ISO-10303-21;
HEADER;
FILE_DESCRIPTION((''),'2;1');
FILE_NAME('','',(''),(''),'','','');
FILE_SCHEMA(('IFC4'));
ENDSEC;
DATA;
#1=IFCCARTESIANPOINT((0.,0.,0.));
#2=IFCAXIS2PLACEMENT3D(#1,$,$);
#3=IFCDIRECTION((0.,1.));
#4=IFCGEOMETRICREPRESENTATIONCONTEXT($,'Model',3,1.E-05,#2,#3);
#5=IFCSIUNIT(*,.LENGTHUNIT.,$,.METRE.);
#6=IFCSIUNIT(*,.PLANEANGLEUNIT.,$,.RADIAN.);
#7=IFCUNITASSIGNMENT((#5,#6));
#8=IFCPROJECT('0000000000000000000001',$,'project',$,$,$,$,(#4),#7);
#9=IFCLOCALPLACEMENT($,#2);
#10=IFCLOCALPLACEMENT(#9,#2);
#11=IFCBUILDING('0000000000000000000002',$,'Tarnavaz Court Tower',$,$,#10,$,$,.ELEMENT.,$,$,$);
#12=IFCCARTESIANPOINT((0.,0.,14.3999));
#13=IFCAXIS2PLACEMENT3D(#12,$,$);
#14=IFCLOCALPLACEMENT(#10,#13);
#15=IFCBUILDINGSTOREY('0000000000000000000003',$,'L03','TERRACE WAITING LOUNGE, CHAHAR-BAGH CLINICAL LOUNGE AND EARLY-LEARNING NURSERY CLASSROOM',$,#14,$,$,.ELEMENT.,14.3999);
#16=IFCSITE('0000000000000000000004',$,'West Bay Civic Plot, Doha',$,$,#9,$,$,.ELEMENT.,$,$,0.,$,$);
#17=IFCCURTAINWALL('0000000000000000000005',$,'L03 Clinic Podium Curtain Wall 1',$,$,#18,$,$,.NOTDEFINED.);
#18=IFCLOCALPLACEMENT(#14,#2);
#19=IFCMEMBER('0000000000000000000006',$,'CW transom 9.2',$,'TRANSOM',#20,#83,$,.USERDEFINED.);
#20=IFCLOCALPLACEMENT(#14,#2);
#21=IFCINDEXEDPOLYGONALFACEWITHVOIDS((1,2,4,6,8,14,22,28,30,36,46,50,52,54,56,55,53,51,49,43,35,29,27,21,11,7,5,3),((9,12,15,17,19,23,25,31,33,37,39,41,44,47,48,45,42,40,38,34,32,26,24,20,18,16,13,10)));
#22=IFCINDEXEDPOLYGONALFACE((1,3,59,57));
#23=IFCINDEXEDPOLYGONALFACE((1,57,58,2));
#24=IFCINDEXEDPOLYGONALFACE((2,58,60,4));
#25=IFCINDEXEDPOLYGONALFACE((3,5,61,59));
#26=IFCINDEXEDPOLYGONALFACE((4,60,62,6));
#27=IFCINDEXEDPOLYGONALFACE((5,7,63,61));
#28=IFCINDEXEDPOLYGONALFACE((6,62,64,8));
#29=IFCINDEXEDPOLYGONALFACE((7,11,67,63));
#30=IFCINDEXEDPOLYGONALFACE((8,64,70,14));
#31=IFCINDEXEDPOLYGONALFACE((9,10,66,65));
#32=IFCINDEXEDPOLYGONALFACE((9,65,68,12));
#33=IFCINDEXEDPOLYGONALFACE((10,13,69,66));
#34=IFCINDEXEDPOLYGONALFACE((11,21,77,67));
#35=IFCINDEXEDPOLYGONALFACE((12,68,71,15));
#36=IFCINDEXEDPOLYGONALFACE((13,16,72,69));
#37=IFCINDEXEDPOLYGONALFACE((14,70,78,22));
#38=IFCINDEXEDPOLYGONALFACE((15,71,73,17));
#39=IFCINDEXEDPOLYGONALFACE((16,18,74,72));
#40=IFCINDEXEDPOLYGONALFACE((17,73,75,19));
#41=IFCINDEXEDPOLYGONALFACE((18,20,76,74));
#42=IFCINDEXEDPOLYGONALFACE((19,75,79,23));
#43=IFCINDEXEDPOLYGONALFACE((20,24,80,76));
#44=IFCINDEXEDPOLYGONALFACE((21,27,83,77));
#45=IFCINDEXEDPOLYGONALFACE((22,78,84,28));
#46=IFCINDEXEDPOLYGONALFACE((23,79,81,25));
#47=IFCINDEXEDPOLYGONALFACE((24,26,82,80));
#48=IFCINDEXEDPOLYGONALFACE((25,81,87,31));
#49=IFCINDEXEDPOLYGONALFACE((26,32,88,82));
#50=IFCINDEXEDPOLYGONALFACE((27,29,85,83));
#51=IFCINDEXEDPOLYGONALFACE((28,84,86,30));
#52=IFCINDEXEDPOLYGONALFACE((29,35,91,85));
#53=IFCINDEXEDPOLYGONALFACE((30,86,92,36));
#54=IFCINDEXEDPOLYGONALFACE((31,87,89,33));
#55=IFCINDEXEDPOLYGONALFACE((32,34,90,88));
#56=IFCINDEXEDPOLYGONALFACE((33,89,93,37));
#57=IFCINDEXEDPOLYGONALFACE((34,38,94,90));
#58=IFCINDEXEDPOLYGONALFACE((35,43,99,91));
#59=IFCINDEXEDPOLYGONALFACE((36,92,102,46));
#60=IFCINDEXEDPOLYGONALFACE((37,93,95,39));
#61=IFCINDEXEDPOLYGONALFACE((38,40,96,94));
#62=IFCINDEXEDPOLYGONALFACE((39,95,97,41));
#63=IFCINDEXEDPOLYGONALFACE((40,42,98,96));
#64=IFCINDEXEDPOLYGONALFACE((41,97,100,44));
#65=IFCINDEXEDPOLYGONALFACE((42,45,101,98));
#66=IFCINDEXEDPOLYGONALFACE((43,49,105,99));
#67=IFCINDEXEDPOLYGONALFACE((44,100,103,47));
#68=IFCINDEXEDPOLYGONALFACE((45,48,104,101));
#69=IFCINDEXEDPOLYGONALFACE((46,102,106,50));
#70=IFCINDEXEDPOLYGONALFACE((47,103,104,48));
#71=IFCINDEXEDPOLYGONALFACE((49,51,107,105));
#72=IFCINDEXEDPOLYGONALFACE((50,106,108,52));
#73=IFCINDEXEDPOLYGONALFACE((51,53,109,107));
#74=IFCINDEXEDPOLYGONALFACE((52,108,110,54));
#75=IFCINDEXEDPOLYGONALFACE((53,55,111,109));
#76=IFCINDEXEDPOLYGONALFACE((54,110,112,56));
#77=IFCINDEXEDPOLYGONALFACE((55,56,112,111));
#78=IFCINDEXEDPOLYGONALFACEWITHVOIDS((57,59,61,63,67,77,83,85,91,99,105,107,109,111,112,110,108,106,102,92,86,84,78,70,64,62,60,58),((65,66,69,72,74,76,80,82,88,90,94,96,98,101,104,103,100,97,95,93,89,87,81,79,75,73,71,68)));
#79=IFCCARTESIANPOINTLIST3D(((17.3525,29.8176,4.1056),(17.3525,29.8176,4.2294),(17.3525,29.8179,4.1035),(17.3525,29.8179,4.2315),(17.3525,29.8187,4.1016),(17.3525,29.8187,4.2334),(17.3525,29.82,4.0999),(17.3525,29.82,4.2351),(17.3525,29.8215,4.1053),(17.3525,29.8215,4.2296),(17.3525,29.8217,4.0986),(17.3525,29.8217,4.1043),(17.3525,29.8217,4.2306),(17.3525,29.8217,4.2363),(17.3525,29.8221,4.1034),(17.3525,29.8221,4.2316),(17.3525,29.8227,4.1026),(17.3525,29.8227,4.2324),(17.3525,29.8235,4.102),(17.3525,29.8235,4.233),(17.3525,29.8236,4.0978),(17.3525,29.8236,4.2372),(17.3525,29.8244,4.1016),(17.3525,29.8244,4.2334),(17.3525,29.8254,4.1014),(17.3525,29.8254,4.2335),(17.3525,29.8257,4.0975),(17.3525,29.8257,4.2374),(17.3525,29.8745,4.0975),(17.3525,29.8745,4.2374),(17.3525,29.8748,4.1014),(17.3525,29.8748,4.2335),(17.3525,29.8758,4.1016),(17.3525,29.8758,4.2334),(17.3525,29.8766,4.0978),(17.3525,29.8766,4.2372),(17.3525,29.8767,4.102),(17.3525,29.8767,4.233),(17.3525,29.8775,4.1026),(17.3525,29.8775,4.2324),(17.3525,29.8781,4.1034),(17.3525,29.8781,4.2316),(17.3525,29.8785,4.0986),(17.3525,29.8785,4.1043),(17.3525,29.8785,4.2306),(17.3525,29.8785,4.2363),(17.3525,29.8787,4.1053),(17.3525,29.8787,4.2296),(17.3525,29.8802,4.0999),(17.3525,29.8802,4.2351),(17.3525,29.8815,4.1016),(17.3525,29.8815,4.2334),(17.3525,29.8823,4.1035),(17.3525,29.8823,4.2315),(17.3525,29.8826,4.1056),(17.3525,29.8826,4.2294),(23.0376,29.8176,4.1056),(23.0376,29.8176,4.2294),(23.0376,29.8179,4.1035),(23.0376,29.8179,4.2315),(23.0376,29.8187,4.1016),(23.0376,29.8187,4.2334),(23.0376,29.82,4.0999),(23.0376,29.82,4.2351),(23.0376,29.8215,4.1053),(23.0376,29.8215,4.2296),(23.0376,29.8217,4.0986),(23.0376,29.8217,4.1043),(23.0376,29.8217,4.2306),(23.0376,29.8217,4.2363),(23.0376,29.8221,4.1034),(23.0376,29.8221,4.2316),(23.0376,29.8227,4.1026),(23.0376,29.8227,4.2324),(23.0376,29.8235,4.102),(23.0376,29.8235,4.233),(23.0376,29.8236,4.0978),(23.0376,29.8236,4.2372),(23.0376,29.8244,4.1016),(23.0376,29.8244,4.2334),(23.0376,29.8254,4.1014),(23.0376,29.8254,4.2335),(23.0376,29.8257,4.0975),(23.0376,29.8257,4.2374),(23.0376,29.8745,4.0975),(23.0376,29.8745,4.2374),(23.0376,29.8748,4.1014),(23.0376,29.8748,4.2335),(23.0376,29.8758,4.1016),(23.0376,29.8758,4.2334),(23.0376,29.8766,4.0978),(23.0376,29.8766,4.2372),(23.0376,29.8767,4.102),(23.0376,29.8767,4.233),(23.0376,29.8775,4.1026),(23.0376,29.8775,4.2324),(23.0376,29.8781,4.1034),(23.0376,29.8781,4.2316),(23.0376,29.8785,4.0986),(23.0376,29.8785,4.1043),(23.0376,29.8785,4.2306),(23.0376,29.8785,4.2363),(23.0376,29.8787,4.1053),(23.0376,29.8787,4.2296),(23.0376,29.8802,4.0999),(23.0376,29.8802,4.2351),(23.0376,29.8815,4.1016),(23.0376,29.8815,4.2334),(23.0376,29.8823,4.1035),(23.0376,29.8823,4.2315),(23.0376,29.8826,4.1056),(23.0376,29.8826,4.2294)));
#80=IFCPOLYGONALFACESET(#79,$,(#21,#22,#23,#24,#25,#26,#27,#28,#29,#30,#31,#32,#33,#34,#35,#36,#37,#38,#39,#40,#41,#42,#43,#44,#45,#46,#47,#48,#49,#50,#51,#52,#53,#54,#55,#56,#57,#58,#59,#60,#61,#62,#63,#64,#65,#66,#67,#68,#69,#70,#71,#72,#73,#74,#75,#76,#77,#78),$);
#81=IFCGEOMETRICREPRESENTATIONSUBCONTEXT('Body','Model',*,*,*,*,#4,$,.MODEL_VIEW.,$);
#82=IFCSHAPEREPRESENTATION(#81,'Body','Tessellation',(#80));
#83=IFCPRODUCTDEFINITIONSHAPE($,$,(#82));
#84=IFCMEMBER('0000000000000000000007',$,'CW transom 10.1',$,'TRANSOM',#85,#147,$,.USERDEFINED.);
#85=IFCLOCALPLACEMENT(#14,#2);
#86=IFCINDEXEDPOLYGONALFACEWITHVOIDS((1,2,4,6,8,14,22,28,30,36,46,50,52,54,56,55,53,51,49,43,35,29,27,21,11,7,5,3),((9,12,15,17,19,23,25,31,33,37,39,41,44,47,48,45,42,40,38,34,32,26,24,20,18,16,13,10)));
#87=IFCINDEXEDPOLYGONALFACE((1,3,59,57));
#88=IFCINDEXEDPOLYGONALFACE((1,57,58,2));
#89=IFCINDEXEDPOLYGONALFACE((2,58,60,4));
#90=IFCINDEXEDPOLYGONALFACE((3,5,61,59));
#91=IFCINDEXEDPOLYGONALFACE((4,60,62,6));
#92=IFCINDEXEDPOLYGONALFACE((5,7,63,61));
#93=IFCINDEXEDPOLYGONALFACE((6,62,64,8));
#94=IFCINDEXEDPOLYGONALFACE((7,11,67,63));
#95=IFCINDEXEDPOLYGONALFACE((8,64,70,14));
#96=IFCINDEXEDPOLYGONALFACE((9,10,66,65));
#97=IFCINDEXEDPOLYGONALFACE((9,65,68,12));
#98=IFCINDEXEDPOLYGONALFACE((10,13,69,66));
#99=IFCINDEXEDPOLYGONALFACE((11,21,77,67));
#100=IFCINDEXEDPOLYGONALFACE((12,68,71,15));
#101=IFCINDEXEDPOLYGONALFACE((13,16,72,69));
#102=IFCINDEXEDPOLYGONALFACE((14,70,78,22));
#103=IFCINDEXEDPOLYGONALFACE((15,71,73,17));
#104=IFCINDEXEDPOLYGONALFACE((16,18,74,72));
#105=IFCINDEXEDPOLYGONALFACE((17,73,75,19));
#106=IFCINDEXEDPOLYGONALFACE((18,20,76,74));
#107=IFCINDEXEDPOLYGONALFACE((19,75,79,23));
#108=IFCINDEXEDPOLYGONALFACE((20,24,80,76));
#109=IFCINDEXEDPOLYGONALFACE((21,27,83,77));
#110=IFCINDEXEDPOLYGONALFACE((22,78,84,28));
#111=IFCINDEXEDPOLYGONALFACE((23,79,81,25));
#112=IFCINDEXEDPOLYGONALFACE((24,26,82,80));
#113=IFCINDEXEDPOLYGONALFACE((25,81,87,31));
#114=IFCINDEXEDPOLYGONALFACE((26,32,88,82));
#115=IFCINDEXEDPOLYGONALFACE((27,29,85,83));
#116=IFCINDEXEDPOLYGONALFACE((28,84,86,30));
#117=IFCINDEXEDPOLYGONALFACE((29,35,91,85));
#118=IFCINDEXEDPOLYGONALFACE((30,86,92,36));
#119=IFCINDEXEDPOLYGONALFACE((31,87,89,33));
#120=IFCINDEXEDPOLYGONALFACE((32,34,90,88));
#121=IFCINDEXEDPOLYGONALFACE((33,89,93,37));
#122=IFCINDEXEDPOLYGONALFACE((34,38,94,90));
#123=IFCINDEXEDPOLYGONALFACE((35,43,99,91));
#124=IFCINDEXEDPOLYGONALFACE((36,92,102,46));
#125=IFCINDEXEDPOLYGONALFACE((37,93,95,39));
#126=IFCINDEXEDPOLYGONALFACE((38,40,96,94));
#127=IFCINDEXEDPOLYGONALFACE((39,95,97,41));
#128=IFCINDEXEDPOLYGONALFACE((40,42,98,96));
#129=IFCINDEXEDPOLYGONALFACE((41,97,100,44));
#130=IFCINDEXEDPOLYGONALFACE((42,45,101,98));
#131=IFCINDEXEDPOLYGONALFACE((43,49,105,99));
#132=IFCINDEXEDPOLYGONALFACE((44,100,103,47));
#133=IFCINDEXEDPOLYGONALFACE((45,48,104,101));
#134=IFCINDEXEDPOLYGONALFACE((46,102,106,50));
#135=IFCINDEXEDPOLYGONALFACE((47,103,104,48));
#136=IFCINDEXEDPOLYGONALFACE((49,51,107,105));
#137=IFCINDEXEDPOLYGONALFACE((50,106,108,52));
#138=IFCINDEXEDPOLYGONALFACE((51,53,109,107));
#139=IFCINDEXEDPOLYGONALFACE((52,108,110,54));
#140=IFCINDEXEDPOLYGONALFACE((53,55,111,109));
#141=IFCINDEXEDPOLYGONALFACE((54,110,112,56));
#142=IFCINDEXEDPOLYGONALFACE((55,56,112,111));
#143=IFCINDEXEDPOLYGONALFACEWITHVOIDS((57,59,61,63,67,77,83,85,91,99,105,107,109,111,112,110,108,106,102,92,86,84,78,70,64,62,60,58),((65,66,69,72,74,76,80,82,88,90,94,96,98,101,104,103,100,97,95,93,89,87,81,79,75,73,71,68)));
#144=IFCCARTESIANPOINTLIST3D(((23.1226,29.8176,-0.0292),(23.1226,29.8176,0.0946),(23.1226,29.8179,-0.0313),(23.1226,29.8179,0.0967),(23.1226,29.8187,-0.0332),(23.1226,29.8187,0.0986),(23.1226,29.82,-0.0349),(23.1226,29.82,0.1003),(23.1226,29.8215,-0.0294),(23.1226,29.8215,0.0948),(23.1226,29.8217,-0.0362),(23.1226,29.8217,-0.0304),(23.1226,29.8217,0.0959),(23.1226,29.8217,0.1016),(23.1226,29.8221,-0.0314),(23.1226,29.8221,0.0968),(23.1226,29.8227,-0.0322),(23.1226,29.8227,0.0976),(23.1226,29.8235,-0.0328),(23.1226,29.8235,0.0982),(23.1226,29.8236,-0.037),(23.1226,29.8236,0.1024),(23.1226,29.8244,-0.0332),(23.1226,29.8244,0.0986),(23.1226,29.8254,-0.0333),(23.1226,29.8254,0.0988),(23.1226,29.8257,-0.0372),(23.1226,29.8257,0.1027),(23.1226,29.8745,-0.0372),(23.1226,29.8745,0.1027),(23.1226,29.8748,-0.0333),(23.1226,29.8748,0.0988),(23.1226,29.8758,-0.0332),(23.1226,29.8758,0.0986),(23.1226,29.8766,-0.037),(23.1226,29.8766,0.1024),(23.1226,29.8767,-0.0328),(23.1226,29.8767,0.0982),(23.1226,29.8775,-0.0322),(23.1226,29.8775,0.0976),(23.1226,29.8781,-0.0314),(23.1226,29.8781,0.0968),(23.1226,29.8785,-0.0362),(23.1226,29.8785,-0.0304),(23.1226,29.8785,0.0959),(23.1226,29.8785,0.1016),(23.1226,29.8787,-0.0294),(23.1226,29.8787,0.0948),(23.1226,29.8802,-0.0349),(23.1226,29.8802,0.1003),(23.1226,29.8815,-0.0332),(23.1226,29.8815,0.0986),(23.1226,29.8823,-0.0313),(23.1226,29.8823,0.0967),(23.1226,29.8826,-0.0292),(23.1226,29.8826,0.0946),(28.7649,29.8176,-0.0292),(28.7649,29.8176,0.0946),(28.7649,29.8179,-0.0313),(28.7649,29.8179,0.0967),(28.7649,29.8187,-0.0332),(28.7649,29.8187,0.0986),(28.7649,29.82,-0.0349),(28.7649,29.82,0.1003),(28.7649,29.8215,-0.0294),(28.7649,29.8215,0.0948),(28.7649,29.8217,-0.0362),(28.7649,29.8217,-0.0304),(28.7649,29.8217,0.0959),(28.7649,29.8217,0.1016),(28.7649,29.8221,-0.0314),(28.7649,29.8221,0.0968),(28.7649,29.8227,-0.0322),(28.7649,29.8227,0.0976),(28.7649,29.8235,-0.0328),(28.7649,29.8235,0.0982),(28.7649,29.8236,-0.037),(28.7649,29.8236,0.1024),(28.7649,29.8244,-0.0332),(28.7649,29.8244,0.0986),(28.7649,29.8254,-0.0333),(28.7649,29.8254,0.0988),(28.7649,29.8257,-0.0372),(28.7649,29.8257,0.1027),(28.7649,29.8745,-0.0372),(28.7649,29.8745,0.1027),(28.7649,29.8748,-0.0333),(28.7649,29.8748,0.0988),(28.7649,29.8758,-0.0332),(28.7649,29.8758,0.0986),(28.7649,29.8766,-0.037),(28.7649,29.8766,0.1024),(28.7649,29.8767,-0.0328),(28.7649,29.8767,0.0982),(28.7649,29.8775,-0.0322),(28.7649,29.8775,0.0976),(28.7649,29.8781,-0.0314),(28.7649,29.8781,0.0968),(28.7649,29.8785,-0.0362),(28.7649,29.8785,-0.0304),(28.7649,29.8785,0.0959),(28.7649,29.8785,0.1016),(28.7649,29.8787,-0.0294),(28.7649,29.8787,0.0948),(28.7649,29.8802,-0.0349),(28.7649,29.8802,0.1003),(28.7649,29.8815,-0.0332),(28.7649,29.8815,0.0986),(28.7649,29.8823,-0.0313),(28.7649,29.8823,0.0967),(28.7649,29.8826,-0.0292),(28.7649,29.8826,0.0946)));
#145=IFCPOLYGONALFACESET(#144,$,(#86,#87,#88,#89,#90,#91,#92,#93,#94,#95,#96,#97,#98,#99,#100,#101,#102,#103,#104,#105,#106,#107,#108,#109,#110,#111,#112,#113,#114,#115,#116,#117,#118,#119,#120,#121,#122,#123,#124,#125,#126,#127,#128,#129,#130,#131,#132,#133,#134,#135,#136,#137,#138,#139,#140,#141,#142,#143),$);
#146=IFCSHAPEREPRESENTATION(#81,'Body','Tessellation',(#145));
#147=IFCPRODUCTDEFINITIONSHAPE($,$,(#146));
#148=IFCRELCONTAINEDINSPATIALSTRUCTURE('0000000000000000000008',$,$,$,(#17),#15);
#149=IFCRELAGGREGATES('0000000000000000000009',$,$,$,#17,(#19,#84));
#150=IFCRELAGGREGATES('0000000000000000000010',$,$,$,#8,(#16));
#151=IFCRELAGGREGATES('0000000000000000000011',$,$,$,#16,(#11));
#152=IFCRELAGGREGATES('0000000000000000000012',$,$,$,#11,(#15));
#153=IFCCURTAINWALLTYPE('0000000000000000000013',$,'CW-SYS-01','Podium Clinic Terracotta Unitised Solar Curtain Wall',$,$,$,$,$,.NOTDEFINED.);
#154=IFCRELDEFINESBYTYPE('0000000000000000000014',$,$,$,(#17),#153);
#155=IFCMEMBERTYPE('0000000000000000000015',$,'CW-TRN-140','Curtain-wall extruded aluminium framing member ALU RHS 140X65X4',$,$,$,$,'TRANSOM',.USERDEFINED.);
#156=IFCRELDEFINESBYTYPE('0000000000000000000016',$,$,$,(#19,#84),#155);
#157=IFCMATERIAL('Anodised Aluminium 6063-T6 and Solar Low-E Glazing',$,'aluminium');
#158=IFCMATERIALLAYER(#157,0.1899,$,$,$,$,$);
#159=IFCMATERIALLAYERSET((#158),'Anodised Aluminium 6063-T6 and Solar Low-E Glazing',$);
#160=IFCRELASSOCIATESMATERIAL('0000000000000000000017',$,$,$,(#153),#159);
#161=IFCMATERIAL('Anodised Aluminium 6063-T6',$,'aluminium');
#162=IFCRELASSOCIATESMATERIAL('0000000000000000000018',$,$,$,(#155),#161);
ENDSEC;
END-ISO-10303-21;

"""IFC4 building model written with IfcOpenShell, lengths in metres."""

from ifc_helpers import new_model, si_unit, direction, frame, origin, origin_2d, place, context, subcontext, project, spatial, hollow_rectangle, extrude, material, layer, layer_set, material_profile, profile_set, type_object, element, aggregate, save


model = new_model("IFC4")

# Units and contexts
model_context = context("Model", 3, precision=1e-05, world=origin(), true_north=direction((0.0, 1.0)))
body_context = subcontext(model_context, "Body", "Model", "MODEL_VIEW")
ifc_project = project(units=[si_unit("LENGTHUNIT", "METRE"), si_unit("PLANEANGLEUNIT", "RADIAN")], contexts=[model_context])

# Site, building, storey
site_placement = place(None, origin())
site = spatial("IfcSite", under=ifc_project, at=site_placement, Name="West Bay Civic Plot, Doha", CompositionType="ELEMENT", RefElevation=0.0)
building_placement = place(site_placement, origin())
building = spatial("IfcBuilding", under=site, at=building_placement, Name="Tarnavaz Court Tower", CompositionType="ELEMENT")
storey_placement = place(building_placement, frame((0.0, 0.0, 14.3999)))
storey = spatial("IfcBuildingStorey", under=building, at=storey_placement, Name="L03", Description="TERRACE WAITING LOUNGE, CHAHAR-BAGH CLINICAL LOUNGE AND EARLY-LEARNING NURSERY CLASSROOM", CompositionType="ELEMENT", Elevation=14.3999)

# Curtain wall, members
ifc_material_1 = material(Name="Anodised Aluminium 6063-T6 and Solar Low-E Glazing", Category="aluminium")
ifc_layer_1 = layer(ifc_material_1, 0.1899)
ifc_layer_set_1 = layer_set([ifc_layer_1], Name="Anodised Aluminium 6063-T6 and Solar Low-E Glazing")
curtain_wall_type = type_object("IfcCurtainWallType", Name="CW-SYS-01", Description="Podium Clinic Terracotta Unitised Solar Curtain Wall", PredefinedType="NOTDEFINED", material=ifc_layer_set_1)
curtain_wall_placement = place(storey_placement, origin())
curtain_wall = element("IfcCurtainWall", 1, at=curtain_wall_placement, inside=storey, type_object=curtain_wall_type, Name="L03 Clinic Podium Curtain Wall 1", PredefinedType="NOTDEFINED")
ifc_material_2 = material(Name="Anodised Aluminium 6063-T6", Category="aluminium")
ifc_material_profile_1 = material_profile(ifc_material_2, hollow_rectangle(XDim=0.0649, YDim=0.1399, WallThickness=0.0039, InnerFilletRadius=0.0039, OuterFilletRadius=0.0081, at=origin_2d()), Name="ALU RHS 140X65X4")
ifc_profile_set_1 = profile_set([ifc_material_profile_1], Name="Anodised Aluminium 6063-T6")
member_type_1 = type_object("IfcMemberType", Name="CW-TRN-140", Description="Curtain-wall extruded aluminium framing member ALU RHS 140X65X4", ElementType="TRANSOM", PredefinedType="USERDEFINED", material=ifc_profile_set_1)
member_1_placement = place(storey_placement, frame((17.3525, 29.8501, 4.1675), z_axis=(1.0, 0.0, 0.0), x_axis=(0.0, 1.0, 0.0)))
member_1 = element("IfcMember", 2, at=member_1_placement, type_object=member_type_1, Name="CW transom 9.2", ObjectType="TRANSOM", PredefinedType="USERDEFINED", context=body_context, shape_type="SweptSolid", body=[
    extrude(hollow_rectangle(XDim=0.0649, YDim=0.1399, WallThickness=0.0039, InnerFilletRadius=0.0039, OuterFilletRadius=0.0081, at=origin_2d()), origin(), (0.0, 0.0, 1.0), 5.6851),
])
member_2_placement = place(storey_placement, frame((23.1226, 29.8501, 0.0327), z_axis=(1.0, 0.0, 0.0), x_axis=(0.0, 1.0, 0.0)))
member_2 = element("IfcMember", 3, at=member_2_placement, type_object=member_type_1, Name="CW transom 10.1", ObjectType="TRANSOM", PredefinedType="USERDEFINED", context=body_context, shape_type="SweptSolid", body=[
    extrude(hollow_rectangle(XDim=0.0649, YDim=0.1399, WallThickness=0.0039, InnerFilletRadius=0.0039, OuterFilletRadius=0.0081, at=origin_2d()), origin(), (0.0, 0.0, 1.0), 5.6423),
])
aggregate(curtain_wall, [member_1, member_2])

save(model, "model.ifc")
